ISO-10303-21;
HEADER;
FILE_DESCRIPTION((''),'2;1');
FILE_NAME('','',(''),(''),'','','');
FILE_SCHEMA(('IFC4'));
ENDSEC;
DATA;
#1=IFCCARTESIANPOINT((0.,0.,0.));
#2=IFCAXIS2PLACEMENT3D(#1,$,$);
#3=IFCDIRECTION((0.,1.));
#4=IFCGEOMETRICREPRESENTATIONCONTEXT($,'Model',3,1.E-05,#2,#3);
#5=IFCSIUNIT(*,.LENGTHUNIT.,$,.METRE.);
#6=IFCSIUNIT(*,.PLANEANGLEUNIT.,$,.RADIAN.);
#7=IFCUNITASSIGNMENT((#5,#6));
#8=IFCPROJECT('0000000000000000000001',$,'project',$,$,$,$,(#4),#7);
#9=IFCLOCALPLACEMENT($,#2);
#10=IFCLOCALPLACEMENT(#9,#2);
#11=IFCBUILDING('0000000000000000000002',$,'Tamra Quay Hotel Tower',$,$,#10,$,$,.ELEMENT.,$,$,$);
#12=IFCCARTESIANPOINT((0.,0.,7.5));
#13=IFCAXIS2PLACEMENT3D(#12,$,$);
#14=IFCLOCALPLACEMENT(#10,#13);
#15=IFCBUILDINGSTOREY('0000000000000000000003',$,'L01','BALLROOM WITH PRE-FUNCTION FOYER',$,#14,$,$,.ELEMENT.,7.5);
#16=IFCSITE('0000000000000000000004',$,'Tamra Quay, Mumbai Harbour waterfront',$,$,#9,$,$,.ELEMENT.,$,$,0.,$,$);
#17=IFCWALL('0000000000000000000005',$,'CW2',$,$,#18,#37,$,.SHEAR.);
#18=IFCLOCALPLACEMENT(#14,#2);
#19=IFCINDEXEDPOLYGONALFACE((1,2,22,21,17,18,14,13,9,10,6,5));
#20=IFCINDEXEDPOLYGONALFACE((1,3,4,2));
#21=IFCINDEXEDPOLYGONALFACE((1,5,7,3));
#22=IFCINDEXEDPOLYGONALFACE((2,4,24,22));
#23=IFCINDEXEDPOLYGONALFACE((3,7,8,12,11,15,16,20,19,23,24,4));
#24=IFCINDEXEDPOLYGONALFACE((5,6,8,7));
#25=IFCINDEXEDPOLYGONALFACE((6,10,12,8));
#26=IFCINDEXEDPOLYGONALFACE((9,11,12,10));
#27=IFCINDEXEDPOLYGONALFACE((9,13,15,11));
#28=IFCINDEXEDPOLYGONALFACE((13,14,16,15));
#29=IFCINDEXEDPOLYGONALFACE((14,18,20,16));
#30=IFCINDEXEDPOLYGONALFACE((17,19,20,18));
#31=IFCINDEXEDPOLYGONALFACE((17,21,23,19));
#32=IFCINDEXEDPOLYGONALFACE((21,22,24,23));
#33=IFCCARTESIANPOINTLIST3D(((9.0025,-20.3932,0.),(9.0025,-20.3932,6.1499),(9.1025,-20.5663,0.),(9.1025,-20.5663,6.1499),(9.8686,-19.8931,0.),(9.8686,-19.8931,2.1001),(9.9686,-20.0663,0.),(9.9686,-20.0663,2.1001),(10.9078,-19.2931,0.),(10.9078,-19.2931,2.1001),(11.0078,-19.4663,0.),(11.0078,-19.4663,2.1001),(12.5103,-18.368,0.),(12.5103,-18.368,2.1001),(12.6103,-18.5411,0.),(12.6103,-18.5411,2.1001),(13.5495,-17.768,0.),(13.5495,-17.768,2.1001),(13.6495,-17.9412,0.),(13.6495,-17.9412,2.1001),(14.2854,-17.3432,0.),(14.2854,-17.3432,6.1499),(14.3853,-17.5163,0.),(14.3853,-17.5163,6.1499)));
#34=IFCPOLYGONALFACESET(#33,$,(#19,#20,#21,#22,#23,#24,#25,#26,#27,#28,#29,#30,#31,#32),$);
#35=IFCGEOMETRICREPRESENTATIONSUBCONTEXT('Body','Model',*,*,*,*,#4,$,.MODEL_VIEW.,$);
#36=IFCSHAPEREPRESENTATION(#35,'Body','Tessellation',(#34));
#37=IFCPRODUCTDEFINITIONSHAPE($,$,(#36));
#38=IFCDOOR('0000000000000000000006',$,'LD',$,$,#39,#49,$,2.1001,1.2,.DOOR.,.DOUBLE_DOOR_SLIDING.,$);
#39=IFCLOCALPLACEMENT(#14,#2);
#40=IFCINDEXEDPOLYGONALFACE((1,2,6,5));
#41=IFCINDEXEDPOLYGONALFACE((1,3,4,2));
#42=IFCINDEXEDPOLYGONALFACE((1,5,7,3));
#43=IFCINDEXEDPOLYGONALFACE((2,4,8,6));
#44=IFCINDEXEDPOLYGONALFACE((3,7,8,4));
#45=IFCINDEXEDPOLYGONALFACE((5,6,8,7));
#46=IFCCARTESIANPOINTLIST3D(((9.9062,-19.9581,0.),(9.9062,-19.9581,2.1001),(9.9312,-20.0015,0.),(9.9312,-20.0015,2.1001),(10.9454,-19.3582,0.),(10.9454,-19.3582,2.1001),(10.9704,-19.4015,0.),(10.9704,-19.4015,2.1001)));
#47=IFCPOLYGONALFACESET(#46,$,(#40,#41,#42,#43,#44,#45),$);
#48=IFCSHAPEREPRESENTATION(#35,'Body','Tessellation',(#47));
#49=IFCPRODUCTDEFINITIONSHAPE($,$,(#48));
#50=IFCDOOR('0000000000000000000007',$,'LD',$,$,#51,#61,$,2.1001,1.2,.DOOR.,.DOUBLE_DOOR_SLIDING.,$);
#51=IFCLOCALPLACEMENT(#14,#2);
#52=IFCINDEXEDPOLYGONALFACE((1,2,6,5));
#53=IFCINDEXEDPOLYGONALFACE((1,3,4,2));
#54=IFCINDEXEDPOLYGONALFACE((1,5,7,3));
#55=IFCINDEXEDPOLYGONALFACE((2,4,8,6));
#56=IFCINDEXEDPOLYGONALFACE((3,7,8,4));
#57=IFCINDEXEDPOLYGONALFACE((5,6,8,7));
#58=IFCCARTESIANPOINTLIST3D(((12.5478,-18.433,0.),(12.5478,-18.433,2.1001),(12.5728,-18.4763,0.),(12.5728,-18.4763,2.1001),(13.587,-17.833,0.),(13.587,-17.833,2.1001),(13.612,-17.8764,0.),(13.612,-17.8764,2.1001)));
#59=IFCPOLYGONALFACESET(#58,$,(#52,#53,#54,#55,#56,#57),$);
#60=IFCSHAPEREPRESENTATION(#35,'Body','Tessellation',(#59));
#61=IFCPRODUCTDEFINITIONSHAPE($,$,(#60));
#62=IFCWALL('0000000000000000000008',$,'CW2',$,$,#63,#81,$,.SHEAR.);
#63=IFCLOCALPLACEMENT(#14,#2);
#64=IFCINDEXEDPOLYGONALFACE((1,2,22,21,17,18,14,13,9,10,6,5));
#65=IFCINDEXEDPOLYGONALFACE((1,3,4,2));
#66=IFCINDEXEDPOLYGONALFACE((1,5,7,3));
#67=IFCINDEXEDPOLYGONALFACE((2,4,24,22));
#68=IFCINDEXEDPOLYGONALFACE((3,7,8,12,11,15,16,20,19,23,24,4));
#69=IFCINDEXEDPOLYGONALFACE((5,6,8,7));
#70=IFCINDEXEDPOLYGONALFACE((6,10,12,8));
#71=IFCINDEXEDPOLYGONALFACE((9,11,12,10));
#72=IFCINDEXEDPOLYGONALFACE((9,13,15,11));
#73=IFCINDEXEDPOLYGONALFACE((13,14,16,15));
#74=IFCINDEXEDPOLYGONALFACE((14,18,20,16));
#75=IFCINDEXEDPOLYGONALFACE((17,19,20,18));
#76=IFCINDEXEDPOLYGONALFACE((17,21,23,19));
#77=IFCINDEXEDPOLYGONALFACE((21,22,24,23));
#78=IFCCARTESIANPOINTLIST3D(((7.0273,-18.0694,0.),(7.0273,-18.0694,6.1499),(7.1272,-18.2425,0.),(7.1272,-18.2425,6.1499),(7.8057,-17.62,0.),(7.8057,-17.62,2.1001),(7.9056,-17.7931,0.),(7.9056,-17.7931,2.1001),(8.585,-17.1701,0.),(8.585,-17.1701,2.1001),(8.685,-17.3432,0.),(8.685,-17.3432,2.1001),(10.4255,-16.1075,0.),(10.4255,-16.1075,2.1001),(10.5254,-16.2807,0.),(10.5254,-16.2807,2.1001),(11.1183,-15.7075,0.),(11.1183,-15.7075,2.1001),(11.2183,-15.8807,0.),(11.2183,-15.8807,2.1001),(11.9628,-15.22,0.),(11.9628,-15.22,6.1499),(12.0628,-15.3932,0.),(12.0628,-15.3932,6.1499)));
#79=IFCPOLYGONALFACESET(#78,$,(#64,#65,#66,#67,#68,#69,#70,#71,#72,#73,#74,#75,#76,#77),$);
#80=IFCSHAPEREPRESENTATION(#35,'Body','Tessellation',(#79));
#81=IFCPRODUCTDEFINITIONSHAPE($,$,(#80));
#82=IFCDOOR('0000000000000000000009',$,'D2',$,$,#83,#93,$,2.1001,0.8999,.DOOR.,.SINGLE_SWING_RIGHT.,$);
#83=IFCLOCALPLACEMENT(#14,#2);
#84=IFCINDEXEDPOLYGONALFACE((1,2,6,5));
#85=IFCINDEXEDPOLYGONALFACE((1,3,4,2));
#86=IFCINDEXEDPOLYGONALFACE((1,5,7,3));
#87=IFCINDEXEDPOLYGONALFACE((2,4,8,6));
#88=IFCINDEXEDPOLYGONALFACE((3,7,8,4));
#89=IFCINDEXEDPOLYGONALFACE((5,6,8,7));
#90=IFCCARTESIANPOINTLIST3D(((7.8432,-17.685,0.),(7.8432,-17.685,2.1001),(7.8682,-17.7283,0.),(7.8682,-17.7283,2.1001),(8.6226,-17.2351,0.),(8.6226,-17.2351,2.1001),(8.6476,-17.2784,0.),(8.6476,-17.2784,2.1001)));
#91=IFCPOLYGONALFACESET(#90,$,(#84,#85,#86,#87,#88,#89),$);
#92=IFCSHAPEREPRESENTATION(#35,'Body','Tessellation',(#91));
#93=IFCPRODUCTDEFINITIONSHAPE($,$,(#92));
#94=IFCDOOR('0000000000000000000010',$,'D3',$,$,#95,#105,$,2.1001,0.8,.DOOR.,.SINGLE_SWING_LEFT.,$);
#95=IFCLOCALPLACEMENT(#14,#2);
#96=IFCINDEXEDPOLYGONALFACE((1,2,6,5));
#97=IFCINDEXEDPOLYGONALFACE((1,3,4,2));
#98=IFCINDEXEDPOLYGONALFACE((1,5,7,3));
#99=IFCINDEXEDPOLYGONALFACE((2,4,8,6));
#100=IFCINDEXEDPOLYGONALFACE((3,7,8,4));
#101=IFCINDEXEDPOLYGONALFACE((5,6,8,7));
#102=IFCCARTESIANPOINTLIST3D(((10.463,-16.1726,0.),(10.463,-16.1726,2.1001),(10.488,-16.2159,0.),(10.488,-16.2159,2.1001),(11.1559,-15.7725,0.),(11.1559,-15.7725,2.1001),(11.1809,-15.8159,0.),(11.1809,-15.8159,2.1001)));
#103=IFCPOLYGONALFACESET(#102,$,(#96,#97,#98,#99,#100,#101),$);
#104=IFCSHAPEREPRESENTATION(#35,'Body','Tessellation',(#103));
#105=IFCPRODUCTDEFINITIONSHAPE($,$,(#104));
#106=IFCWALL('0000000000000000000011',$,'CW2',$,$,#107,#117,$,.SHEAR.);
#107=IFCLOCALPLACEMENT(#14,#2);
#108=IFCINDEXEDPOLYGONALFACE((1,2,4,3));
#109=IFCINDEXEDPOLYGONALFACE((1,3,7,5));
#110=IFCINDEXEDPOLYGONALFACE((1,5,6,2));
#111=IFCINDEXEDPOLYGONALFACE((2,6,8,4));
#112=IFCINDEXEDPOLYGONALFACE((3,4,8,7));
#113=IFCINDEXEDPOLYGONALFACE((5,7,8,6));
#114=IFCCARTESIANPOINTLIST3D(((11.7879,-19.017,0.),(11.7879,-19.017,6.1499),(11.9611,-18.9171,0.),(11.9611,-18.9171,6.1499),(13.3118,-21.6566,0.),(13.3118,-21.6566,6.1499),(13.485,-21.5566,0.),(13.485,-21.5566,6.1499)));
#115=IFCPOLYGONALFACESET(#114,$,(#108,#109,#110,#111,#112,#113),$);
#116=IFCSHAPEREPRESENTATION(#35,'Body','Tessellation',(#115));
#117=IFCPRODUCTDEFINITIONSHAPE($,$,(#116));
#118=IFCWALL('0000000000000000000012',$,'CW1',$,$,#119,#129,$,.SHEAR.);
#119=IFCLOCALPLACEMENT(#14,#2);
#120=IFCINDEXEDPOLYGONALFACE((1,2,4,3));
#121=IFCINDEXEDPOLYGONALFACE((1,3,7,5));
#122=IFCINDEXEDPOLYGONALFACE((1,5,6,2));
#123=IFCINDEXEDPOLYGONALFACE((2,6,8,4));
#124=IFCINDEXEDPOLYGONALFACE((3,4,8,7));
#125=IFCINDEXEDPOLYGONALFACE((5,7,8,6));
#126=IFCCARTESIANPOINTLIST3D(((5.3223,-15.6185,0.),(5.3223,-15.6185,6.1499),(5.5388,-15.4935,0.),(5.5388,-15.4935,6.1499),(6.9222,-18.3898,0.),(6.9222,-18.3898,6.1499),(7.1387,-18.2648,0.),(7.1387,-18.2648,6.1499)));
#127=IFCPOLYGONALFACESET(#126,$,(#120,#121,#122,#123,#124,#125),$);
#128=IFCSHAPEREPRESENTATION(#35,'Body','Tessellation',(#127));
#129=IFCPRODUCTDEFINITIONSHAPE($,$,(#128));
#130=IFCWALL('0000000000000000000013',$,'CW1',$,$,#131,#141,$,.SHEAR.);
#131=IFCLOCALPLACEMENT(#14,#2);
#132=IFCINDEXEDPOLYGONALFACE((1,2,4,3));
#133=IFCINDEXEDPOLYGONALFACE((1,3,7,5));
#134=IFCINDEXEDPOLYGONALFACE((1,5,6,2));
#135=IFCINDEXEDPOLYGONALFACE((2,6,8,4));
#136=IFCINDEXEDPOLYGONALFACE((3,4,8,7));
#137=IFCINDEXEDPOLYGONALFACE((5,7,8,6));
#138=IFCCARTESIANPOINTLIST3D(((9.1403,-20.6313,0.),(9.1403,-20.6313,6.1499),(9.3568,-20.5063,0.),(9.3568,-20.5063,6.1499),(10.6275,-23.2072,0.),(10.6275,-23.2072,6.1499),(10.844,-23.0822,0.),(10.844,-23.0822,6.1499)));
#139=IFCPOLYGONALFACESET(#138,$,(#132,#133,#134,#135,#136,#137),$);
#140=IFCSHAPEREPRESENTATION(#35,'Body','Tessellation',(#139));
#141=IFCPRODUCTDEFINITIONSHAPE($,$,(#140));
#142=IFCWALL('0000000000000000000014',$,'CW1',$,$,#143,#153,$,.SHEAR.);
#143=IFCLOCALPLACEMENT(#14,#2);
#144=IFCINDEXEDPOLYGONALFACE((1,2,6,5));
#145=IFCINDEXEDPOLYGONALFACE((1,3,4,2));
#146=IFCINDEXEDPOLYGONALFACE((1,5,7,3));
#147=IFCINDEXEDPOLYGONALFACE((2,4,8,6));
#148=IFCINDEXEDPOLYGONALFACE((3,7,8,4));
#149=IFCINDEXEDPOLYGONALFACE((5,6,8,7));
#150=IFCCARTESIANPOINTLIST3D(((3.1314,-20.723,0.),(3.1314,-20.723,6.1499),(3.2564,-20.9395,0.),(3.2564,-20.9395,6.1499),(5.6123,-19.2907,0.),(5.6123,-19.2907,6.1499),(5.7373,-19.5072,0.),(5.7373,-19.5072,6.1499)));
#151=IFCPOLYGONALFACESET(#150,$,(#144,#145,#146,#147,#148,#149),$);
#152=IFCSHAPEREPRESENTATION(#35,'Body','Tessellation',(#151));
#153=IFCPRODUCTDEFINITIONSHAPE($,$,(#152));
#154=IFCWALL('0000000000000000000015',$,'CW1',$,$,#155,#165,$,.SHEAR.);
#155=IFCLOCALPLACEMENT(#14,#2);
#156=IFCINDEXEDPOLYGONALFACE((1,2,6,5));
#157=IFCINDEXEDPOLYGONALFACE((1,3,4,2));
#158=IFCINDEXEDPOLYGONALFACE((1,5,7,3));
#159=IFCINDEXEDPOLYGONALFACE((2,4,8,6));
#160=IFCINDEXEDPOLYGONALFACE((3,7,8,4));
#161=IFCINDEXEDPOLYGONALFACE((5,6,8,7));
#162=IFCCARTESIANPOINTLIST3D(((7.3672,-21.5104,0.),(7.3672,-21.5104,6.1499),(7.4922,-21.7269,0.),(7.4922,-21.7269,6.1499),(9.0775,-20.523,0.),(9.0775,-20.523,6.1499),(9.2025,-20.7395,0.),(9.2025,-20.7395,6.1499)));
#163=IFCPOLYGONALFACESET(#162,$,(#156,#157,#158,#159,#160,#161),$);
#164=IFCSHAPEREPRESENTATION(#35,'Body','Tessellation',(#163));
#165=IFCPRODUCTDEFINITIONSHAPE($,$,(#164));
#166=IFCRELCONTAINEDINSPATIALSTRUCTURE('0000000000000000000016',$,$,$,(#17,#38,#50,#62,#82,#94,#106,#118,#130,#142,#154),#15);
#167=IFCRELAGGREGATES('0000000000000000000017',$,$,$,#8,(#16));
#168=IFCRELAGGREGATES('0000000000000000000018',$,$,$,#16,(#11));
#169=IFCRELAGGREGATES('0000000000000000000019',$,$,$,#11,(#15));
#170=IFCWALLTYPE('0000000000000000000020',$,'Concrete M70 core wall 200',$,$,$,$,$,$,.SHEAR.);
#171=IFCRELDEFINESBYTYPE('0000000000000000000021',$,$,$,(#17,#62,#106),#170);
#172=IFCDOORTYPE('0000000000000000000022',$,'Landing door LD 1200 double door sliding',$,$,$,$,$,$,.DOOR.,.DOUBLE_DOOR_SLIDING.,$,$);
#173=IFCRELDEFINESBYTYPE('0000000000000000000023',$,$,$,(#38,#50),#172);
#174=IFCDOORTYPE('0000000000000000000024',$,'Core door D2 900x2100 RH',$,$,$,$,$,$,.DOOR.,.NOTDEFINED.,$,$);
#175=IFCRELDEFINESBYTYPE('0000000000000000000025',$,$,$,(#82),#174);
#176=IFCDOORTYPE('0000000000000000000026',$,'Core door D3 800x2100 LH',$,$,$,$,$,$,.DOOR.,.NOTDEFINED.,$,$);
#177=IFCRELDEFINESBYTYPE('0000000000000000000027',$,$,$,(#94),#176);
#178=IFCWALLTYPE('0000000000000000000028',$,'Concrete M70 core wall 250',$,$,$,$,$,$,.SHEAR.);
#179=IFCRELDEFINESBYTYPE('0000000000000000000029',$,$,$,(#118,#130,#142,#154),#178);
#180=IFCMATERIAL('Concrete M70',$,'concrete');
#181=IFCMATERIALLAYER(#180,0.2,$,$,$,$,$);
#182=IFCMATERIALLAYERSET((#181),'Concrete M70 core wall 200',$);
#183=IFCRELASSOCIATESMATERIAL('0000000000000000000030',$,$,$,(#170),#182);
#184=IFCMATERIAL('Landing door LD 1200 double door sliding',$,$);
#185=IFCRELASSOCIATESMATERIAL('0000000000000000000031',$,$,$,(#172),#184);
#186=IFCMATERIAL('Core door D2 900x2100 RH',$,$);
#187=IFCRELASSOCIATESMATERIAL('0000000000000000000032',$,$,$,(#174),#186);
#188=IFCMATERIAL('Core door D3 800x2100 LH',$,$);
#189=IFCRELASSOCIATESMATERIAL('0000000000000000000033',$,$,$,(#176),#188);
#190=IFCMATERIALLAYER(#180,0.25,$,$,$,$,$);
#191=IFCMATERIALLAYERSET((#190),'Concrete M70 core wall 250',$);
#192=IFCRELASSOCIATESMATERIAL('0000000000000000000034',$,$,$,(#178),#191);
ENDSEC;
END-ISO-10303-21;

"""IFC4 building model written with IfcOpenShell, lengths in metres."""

from ifc_helpers import new_model, si_unit, direction, frame, frame_2d, origin, place, context, subcontext, project, spatial, rectangle, extrude, material, layer, layer_set, type_object, element, fill, save


model = new_model("IFC4")

# Units and contexts
model_context = context("Model", 3, precision=1e-05, world=origin(), true_north=direction((0.0, 1.0)))
body_context = subcontext(model_context, "Body", "Model", "MODEL_VIEW")
ifc_project = project(units=[si_unit("LENGTHUNIT", "METRE"), si_unit("PLANEANGLEUNIT", "RADIAN")], contexts=[model_context])

# Site, building, storey
site_placement = place(None, origin())
site = spatial("IfcSite", under=ifc_project, at=site_placement, Name="Tamra Quay, Mumbai Harbour waterfront", CompositionType="ELEMENT", RefElevation=0.0)
building_placement = place(site_placement, origin())
building = spatial("IfcBuilding", under=site, at=building_placement, Name="Tamra Quay Hotel Tower", CompositionType="ELEMENT")
storey_placement = place(building_placement, frame((0.0, 0.0, 7.5)))
storey = spatial("IfcBuildingStorey", under=building, at=storey_placement, Name="L01", Description="BALLROOM WITH PRE-FUNCTION FOYER", CompositionType="ELEMENT", Elevation=7.5)

# Walls, openings, doors
ifc_material_1 = material(Name="Concrete M70", Category="concrete")
ifc_layer_1 = layer(ifc_material_1, 0.2)
ifc_layer_set_1 = layer_set([ifc_layer_1], Name="Concrete M70 core wall 200")
wall_type_1 = type_object("IfcWallType", Name="Concrete M70 core wall 200", PredefinedType="SHEAR", material=ifc_layer_set_1)
wall_1_placement = place(storey_placement, frame((9.0525, -20.4797, 0.0), z_axis=(0.0, 0.0, 1.0), x_axis=(0.86603, 0.499992, 0.0)))
wall_1 = element("IfcWall", 1, at=wall_1_placement, inside=storey, type_object=wall_type_1, Name="CW2", PredefinedType="SHEAR", context=body_context, shape_type="SweptSolid", body=[
    extrude(rectangle(XDim=6.1001, YDim=0.2, at=frame_2d((3.05, 0.0))), origin(), (0.0, 0.0, 1.0), 6.1499),
])
opening_1_placement = place(wall_1_placement, frame((1.0, 0.0, 0.0)))
opening_1 = element("IfcOpeningElement", 2, at=opening_1_placement, cuts=wall_1, PredefinedType="OPENING", context=body_context, shape_type="SweptSolid", body=[
    extrude(rectangle(XDim=1.2, YDim=2.1001, at=frame_2d((0.6001, 1.05))), frame((0.0, 0.1099, 0.0), z_axis=(0.0, -1.0, 0.0), x_axis=(1.0, 0.0, 0.0)), (0.0, 0.0, 1.0), 0.22),
])
opening_2_placement = place(wall_1_placement, frame((4.0503, 0.0, 0.0)))
opening_2 = element("IfcOpeningElement", 3, at=opening_2_placement, cuts=wall_1, PredefinedType="OPENING", context=body_context, shape_type="SweptSolid", body=[
    extrude(rectangle(XDim=1.2, YDim=2.1001, at=frame_2d((0.6001, 1.05))), frame((0.0, 0.1099, 0.0), z_axis=(0.0, -1.0, 0.0), x_axis=(1.0, 0.0, 0.0)), (0.0, 0.0, 1.0), 0.22),
])
ifc_material_2 = material(Name="Landing door LD 1200 double door sliding")
door_type_1 = type_object("IfcDoorType", Name="Landing door LD 1200 double door sliding", OperationType="DOUBLE_DOOR_SLIDING", PredefinedType="DOOR", material=ifc_material_2)
door_1_placement = place(opening_1_placement, origin())
door_1 = element("IfcDoor", 4, at=door_1_placement, inside=storey, type_object=door_type_1, Name="LD", OperationType="DOUBLE_DOOR_SLIDING", OverallHeight=2.1001, OverallWidth=1.2, PredefinedType="DOOR", context=body_context, shape_type="SweptSolid", body=[
    extrude(rectangle(XDim=1.2, YDim=2.1001, at=frame_2d((0.6001, 1.05))), frame((0.0, 0.0249, 0.0), z_axis=(0.0, -1.0, 0.0), x_axis=(1.0, 0.0, 0.0)), (0.0, 0.0, 1.0), 0.05),
])
fill(opening_1, door_1)
door_2_placement = place(opening_2_placement, origin())
door_2 = element("IfcDoor", 5, at=door_2_placement, inside=storey, type_object=door_type_1, Name="LD", OperationType="DOUBLE_DOOR_SLIDING", OverallHeight=2.1001, OverallWidth=1.2, PredefinedType="DOOR", context=body_context, shape_type="SweptSolid", body=[
    extrude(rectangle(XDim=1.2, YDim=2.1001, at=frame_2d((0.6001, 1.05))), frame((0.0, 0.0249, 0.0), z_axis=(0.0, -1.0, 0.0), x_axis=(1.0, 0.0, 0.0)), (0.0, 0.0, 1.0), 0.05),
])
fill(opening_2, door_2)
wall_2_placement = place(storey_placement, frame((7.0771, -18.156, 0.0), z_axis=(0.0, 0.0, 1.0), x_axis=(0.866039, 0.499977, 0.0)))
wall_2 = element("IfcWall", 6, at=wall_2_placement, inside=storey, type_object=wall_type_1, Name="CW2", PredefinedType="SHEAR", context=body_context, shape_type="SweptSolid", body=[
    extrude(rectangle(XDim=5.699, YDim=0.2, at=frame_2d((2.8496, 0.0))), origin(), (0.0, 0.0, 1.0), 6.1499),
])
opening_3_placement = place(wall_2_placement, frame((0.8989, 0.0, 0.0)))
opening_3 = element("IfcOpeningElement", 7, at=opening_3_placement, cuts=wall_2, PredefinedType="OPENING", context=body_context, shape_type="SweptSolid", body=[
    extrude(rectangle(XDim=0.8999, YDim=2.1001, at=frame_2d((0.45, 1.05))), frame((0.0, 0.1099, 0.0), z_axis=(0.0, -1.0, 0.0), x_axis=(1.0, 0.0, 0.0)), (0.0, 0.0, 1.0), 0.22),
])
opening_4_placement = place(wall_2_placement, frame((3.9241, 0.0, 0.0)))
opening_4 = element("IfcOpeningElement", 8, at=opening_4_placement, cuts=wall_2, PredefinedType="OPENING", context=body_context, shape_type="SweptSolid", body=[
    extrude(rectangle(XDim=0.8, YDim=2.1001, at=frame_2d((0.3999, 1.05))), frame((0.0, 0.1099, 0.0), z_axis=(0.0, -1.0, 0.0), x_axis=(1.0, 0.0, 0.0)), (0.0, 0.0, 1.0), 0.22),
])
ifc_material_3 = material(Name="Core door D2 900x2100 RH")
door_type_2 = type_object("IfcDoorType", Name="Core door D2 900x2100 RH", OperationType="NOTDEFINED", PredefinedType="DOOR", material=ifc_material_3)
door_3_placement = place(opening_3_placement, origin())
door_3 = element("IfcDoor", 9, at=door_3_placement, inside=storey, type_object=door_type_2, Name="D2", OperationType="SINGLE_SWING_RIGHT", OverallHeight=2.1001, OverallWidth=0.8999, PredefinedType="DOOR", context=body_context, shape_type="SweptSolid", body=[
    extrude(rectangle(XDim=0.8999, YDim=2.1001, at=frame_2d((0.45, 1.05))), frame((0.0, 0.0249, 0.0), z_axis=(0.0, -1.0, 0.0), x_axis=(1.0, 0.0, 0.0)), (0.0, 0.0, 1.0), 0.05),
])
fill(opening_3, door_3)
ifc_material_4 = material(Name="Core door D3 800x2100 LH")
door_type_3 = type_object("IfcDoorType", Name="Core door D3 800x2100 LH", OperationType="NOTDEFINED", PredefinedType="DOOR", material=ifc_material_4)
door_4_placement = place(opening_4_placement, origin())
door_4 = element("IfcDoor", 10, at=door_4_placement, inside=storey, type_object=door_type_3, Name="D3", OperationType="SINGLE_SWING_LEFT", OverallHeight=2.1001, OverallWidth=0.8, PredefinedType="DOOR", context=body_context, shape_type="SweptSolid", body=[
    extrude(rectangle(XDim=0.8, YDim=2.1001, at=frame_2d((0.3999, 1.05))), frame((0.0, 0.0249, 0.0), z_axis=(0.0, -1.0, 0.0), x_axis=(1.0, 0.0, 0.0)), (0.0, 0.0, 1.0), 0.05),
])
fill(opening_4, door_4)

# Walls
wall_3_placement = place(storey_placement, frame((11.8745, -18.967, 0.0), z_axis=(0.0, 0.0, 1.0), x_axis=(0.499981, -0.866036, 0.0)))
element("IfcWall", 11, at=wall_3_placement, inside=storey, type_object=wall_type_1, Name="CW2", PredefinedType="SHEAR", context=body_context, shape_type="SweptSolid", body=[
    extrude(rectangle(XDim=3.0479, YDim=0.2, at=frame_2d((1.5239, 0.0))), origin(), (0.0, 0.0, 1.0), 6.1499),
])
ifc_layer_2 = layer(ifc_material_1, 0.25)
ifc_layer_set_2 = layer_set([ifc_layer_2], Name="Concrete M70 core wall 250")
wall_type_2 = type_object("IfcWallType", Name="Concrete M70 core wall 250", PredefinedType="SHEAR", material=ifc_layer_set_2)
wall_4_placement = place(storey_placement, frame((7.0305, -18.3274, 0.0), z_axis=(0.0, 0.0, 1.0), x_axis=(-0.499971, 0.866042, 0.0)))
element("IfcWall", 12, at=wall_4_placement, inside=storey, type_object=wall_type_2, Name="CW1", PredefinedType="SHEAR", context=body_context, shape_type="SweptSolid", body=[
    extrude(rectangle(XDim=3.2, YDim=0.25, at=frame_2d((1.6001, 0.0))), origin(), (0.0, 0.0, 1.0), 6.1499),
])
wall_5_placement = place(storey_placement, frame((10.7358, -23.1448, 0.0), z_axis=(0.0, 0.0, 1.0), x_axis=(-0.500023, 0.866012, 0.0)))
element("IfcWall", 13, at=wall_5_placement, inside=storey, type_object=wall_type_2, Name="CW1", PredefinedType="SHEAR", context=body_context, shape_type="SweptSolid", body=[
    extrude(rectangle(XDim=2.9744, YDim=0.25, at=frame_2d((1.4873, 0.0))), origin(), (0.0, 0.0, 1.0), 6.1499),
])
wall_6_placement = place(storey_placement, frame((5.6748, -19.3989, 0.0), z_axis=(0.0, 0.0, 1.0), x_axis=(-0.866027, -0.499998, 0.0)))
element("IfcWall", 14, at=wall_6_placement, inside=storey, type_object=wall_type_2, Name="CW1", PredefinedType="SHEAR", context=body_context, shape_type="SweptSolid", body=[
    extrude(rectangle(XDim=2.8647, YDim=0.25, at=frame_2d((1.4324, 0.0))), origin(), (0.0, 0.0, 1.0), 6.1499),
])
wall_7_placement = place(storey_placement, frame((9.1399, -20.6313, 0.0), z_axis=(0.0, 0.0, 1.0), x_axis=(-0.866044, -0.499969, 0.0)))
element("IfcWall", 15, at=wall_7_placement, inside=storey, type_object=wall_type_2, Name="CW1", PredefinedType="SHEAR", context=body_context, shape_type="SweptSolid", body=[
    extrude(rectangle(XDim=1.9749, YDim=0.25, at=frame_2d((0.9873, 0.0))), origin(), (0.0, 0.0, 1.0), 6.1499),
])

save(model, "model.ifc")
